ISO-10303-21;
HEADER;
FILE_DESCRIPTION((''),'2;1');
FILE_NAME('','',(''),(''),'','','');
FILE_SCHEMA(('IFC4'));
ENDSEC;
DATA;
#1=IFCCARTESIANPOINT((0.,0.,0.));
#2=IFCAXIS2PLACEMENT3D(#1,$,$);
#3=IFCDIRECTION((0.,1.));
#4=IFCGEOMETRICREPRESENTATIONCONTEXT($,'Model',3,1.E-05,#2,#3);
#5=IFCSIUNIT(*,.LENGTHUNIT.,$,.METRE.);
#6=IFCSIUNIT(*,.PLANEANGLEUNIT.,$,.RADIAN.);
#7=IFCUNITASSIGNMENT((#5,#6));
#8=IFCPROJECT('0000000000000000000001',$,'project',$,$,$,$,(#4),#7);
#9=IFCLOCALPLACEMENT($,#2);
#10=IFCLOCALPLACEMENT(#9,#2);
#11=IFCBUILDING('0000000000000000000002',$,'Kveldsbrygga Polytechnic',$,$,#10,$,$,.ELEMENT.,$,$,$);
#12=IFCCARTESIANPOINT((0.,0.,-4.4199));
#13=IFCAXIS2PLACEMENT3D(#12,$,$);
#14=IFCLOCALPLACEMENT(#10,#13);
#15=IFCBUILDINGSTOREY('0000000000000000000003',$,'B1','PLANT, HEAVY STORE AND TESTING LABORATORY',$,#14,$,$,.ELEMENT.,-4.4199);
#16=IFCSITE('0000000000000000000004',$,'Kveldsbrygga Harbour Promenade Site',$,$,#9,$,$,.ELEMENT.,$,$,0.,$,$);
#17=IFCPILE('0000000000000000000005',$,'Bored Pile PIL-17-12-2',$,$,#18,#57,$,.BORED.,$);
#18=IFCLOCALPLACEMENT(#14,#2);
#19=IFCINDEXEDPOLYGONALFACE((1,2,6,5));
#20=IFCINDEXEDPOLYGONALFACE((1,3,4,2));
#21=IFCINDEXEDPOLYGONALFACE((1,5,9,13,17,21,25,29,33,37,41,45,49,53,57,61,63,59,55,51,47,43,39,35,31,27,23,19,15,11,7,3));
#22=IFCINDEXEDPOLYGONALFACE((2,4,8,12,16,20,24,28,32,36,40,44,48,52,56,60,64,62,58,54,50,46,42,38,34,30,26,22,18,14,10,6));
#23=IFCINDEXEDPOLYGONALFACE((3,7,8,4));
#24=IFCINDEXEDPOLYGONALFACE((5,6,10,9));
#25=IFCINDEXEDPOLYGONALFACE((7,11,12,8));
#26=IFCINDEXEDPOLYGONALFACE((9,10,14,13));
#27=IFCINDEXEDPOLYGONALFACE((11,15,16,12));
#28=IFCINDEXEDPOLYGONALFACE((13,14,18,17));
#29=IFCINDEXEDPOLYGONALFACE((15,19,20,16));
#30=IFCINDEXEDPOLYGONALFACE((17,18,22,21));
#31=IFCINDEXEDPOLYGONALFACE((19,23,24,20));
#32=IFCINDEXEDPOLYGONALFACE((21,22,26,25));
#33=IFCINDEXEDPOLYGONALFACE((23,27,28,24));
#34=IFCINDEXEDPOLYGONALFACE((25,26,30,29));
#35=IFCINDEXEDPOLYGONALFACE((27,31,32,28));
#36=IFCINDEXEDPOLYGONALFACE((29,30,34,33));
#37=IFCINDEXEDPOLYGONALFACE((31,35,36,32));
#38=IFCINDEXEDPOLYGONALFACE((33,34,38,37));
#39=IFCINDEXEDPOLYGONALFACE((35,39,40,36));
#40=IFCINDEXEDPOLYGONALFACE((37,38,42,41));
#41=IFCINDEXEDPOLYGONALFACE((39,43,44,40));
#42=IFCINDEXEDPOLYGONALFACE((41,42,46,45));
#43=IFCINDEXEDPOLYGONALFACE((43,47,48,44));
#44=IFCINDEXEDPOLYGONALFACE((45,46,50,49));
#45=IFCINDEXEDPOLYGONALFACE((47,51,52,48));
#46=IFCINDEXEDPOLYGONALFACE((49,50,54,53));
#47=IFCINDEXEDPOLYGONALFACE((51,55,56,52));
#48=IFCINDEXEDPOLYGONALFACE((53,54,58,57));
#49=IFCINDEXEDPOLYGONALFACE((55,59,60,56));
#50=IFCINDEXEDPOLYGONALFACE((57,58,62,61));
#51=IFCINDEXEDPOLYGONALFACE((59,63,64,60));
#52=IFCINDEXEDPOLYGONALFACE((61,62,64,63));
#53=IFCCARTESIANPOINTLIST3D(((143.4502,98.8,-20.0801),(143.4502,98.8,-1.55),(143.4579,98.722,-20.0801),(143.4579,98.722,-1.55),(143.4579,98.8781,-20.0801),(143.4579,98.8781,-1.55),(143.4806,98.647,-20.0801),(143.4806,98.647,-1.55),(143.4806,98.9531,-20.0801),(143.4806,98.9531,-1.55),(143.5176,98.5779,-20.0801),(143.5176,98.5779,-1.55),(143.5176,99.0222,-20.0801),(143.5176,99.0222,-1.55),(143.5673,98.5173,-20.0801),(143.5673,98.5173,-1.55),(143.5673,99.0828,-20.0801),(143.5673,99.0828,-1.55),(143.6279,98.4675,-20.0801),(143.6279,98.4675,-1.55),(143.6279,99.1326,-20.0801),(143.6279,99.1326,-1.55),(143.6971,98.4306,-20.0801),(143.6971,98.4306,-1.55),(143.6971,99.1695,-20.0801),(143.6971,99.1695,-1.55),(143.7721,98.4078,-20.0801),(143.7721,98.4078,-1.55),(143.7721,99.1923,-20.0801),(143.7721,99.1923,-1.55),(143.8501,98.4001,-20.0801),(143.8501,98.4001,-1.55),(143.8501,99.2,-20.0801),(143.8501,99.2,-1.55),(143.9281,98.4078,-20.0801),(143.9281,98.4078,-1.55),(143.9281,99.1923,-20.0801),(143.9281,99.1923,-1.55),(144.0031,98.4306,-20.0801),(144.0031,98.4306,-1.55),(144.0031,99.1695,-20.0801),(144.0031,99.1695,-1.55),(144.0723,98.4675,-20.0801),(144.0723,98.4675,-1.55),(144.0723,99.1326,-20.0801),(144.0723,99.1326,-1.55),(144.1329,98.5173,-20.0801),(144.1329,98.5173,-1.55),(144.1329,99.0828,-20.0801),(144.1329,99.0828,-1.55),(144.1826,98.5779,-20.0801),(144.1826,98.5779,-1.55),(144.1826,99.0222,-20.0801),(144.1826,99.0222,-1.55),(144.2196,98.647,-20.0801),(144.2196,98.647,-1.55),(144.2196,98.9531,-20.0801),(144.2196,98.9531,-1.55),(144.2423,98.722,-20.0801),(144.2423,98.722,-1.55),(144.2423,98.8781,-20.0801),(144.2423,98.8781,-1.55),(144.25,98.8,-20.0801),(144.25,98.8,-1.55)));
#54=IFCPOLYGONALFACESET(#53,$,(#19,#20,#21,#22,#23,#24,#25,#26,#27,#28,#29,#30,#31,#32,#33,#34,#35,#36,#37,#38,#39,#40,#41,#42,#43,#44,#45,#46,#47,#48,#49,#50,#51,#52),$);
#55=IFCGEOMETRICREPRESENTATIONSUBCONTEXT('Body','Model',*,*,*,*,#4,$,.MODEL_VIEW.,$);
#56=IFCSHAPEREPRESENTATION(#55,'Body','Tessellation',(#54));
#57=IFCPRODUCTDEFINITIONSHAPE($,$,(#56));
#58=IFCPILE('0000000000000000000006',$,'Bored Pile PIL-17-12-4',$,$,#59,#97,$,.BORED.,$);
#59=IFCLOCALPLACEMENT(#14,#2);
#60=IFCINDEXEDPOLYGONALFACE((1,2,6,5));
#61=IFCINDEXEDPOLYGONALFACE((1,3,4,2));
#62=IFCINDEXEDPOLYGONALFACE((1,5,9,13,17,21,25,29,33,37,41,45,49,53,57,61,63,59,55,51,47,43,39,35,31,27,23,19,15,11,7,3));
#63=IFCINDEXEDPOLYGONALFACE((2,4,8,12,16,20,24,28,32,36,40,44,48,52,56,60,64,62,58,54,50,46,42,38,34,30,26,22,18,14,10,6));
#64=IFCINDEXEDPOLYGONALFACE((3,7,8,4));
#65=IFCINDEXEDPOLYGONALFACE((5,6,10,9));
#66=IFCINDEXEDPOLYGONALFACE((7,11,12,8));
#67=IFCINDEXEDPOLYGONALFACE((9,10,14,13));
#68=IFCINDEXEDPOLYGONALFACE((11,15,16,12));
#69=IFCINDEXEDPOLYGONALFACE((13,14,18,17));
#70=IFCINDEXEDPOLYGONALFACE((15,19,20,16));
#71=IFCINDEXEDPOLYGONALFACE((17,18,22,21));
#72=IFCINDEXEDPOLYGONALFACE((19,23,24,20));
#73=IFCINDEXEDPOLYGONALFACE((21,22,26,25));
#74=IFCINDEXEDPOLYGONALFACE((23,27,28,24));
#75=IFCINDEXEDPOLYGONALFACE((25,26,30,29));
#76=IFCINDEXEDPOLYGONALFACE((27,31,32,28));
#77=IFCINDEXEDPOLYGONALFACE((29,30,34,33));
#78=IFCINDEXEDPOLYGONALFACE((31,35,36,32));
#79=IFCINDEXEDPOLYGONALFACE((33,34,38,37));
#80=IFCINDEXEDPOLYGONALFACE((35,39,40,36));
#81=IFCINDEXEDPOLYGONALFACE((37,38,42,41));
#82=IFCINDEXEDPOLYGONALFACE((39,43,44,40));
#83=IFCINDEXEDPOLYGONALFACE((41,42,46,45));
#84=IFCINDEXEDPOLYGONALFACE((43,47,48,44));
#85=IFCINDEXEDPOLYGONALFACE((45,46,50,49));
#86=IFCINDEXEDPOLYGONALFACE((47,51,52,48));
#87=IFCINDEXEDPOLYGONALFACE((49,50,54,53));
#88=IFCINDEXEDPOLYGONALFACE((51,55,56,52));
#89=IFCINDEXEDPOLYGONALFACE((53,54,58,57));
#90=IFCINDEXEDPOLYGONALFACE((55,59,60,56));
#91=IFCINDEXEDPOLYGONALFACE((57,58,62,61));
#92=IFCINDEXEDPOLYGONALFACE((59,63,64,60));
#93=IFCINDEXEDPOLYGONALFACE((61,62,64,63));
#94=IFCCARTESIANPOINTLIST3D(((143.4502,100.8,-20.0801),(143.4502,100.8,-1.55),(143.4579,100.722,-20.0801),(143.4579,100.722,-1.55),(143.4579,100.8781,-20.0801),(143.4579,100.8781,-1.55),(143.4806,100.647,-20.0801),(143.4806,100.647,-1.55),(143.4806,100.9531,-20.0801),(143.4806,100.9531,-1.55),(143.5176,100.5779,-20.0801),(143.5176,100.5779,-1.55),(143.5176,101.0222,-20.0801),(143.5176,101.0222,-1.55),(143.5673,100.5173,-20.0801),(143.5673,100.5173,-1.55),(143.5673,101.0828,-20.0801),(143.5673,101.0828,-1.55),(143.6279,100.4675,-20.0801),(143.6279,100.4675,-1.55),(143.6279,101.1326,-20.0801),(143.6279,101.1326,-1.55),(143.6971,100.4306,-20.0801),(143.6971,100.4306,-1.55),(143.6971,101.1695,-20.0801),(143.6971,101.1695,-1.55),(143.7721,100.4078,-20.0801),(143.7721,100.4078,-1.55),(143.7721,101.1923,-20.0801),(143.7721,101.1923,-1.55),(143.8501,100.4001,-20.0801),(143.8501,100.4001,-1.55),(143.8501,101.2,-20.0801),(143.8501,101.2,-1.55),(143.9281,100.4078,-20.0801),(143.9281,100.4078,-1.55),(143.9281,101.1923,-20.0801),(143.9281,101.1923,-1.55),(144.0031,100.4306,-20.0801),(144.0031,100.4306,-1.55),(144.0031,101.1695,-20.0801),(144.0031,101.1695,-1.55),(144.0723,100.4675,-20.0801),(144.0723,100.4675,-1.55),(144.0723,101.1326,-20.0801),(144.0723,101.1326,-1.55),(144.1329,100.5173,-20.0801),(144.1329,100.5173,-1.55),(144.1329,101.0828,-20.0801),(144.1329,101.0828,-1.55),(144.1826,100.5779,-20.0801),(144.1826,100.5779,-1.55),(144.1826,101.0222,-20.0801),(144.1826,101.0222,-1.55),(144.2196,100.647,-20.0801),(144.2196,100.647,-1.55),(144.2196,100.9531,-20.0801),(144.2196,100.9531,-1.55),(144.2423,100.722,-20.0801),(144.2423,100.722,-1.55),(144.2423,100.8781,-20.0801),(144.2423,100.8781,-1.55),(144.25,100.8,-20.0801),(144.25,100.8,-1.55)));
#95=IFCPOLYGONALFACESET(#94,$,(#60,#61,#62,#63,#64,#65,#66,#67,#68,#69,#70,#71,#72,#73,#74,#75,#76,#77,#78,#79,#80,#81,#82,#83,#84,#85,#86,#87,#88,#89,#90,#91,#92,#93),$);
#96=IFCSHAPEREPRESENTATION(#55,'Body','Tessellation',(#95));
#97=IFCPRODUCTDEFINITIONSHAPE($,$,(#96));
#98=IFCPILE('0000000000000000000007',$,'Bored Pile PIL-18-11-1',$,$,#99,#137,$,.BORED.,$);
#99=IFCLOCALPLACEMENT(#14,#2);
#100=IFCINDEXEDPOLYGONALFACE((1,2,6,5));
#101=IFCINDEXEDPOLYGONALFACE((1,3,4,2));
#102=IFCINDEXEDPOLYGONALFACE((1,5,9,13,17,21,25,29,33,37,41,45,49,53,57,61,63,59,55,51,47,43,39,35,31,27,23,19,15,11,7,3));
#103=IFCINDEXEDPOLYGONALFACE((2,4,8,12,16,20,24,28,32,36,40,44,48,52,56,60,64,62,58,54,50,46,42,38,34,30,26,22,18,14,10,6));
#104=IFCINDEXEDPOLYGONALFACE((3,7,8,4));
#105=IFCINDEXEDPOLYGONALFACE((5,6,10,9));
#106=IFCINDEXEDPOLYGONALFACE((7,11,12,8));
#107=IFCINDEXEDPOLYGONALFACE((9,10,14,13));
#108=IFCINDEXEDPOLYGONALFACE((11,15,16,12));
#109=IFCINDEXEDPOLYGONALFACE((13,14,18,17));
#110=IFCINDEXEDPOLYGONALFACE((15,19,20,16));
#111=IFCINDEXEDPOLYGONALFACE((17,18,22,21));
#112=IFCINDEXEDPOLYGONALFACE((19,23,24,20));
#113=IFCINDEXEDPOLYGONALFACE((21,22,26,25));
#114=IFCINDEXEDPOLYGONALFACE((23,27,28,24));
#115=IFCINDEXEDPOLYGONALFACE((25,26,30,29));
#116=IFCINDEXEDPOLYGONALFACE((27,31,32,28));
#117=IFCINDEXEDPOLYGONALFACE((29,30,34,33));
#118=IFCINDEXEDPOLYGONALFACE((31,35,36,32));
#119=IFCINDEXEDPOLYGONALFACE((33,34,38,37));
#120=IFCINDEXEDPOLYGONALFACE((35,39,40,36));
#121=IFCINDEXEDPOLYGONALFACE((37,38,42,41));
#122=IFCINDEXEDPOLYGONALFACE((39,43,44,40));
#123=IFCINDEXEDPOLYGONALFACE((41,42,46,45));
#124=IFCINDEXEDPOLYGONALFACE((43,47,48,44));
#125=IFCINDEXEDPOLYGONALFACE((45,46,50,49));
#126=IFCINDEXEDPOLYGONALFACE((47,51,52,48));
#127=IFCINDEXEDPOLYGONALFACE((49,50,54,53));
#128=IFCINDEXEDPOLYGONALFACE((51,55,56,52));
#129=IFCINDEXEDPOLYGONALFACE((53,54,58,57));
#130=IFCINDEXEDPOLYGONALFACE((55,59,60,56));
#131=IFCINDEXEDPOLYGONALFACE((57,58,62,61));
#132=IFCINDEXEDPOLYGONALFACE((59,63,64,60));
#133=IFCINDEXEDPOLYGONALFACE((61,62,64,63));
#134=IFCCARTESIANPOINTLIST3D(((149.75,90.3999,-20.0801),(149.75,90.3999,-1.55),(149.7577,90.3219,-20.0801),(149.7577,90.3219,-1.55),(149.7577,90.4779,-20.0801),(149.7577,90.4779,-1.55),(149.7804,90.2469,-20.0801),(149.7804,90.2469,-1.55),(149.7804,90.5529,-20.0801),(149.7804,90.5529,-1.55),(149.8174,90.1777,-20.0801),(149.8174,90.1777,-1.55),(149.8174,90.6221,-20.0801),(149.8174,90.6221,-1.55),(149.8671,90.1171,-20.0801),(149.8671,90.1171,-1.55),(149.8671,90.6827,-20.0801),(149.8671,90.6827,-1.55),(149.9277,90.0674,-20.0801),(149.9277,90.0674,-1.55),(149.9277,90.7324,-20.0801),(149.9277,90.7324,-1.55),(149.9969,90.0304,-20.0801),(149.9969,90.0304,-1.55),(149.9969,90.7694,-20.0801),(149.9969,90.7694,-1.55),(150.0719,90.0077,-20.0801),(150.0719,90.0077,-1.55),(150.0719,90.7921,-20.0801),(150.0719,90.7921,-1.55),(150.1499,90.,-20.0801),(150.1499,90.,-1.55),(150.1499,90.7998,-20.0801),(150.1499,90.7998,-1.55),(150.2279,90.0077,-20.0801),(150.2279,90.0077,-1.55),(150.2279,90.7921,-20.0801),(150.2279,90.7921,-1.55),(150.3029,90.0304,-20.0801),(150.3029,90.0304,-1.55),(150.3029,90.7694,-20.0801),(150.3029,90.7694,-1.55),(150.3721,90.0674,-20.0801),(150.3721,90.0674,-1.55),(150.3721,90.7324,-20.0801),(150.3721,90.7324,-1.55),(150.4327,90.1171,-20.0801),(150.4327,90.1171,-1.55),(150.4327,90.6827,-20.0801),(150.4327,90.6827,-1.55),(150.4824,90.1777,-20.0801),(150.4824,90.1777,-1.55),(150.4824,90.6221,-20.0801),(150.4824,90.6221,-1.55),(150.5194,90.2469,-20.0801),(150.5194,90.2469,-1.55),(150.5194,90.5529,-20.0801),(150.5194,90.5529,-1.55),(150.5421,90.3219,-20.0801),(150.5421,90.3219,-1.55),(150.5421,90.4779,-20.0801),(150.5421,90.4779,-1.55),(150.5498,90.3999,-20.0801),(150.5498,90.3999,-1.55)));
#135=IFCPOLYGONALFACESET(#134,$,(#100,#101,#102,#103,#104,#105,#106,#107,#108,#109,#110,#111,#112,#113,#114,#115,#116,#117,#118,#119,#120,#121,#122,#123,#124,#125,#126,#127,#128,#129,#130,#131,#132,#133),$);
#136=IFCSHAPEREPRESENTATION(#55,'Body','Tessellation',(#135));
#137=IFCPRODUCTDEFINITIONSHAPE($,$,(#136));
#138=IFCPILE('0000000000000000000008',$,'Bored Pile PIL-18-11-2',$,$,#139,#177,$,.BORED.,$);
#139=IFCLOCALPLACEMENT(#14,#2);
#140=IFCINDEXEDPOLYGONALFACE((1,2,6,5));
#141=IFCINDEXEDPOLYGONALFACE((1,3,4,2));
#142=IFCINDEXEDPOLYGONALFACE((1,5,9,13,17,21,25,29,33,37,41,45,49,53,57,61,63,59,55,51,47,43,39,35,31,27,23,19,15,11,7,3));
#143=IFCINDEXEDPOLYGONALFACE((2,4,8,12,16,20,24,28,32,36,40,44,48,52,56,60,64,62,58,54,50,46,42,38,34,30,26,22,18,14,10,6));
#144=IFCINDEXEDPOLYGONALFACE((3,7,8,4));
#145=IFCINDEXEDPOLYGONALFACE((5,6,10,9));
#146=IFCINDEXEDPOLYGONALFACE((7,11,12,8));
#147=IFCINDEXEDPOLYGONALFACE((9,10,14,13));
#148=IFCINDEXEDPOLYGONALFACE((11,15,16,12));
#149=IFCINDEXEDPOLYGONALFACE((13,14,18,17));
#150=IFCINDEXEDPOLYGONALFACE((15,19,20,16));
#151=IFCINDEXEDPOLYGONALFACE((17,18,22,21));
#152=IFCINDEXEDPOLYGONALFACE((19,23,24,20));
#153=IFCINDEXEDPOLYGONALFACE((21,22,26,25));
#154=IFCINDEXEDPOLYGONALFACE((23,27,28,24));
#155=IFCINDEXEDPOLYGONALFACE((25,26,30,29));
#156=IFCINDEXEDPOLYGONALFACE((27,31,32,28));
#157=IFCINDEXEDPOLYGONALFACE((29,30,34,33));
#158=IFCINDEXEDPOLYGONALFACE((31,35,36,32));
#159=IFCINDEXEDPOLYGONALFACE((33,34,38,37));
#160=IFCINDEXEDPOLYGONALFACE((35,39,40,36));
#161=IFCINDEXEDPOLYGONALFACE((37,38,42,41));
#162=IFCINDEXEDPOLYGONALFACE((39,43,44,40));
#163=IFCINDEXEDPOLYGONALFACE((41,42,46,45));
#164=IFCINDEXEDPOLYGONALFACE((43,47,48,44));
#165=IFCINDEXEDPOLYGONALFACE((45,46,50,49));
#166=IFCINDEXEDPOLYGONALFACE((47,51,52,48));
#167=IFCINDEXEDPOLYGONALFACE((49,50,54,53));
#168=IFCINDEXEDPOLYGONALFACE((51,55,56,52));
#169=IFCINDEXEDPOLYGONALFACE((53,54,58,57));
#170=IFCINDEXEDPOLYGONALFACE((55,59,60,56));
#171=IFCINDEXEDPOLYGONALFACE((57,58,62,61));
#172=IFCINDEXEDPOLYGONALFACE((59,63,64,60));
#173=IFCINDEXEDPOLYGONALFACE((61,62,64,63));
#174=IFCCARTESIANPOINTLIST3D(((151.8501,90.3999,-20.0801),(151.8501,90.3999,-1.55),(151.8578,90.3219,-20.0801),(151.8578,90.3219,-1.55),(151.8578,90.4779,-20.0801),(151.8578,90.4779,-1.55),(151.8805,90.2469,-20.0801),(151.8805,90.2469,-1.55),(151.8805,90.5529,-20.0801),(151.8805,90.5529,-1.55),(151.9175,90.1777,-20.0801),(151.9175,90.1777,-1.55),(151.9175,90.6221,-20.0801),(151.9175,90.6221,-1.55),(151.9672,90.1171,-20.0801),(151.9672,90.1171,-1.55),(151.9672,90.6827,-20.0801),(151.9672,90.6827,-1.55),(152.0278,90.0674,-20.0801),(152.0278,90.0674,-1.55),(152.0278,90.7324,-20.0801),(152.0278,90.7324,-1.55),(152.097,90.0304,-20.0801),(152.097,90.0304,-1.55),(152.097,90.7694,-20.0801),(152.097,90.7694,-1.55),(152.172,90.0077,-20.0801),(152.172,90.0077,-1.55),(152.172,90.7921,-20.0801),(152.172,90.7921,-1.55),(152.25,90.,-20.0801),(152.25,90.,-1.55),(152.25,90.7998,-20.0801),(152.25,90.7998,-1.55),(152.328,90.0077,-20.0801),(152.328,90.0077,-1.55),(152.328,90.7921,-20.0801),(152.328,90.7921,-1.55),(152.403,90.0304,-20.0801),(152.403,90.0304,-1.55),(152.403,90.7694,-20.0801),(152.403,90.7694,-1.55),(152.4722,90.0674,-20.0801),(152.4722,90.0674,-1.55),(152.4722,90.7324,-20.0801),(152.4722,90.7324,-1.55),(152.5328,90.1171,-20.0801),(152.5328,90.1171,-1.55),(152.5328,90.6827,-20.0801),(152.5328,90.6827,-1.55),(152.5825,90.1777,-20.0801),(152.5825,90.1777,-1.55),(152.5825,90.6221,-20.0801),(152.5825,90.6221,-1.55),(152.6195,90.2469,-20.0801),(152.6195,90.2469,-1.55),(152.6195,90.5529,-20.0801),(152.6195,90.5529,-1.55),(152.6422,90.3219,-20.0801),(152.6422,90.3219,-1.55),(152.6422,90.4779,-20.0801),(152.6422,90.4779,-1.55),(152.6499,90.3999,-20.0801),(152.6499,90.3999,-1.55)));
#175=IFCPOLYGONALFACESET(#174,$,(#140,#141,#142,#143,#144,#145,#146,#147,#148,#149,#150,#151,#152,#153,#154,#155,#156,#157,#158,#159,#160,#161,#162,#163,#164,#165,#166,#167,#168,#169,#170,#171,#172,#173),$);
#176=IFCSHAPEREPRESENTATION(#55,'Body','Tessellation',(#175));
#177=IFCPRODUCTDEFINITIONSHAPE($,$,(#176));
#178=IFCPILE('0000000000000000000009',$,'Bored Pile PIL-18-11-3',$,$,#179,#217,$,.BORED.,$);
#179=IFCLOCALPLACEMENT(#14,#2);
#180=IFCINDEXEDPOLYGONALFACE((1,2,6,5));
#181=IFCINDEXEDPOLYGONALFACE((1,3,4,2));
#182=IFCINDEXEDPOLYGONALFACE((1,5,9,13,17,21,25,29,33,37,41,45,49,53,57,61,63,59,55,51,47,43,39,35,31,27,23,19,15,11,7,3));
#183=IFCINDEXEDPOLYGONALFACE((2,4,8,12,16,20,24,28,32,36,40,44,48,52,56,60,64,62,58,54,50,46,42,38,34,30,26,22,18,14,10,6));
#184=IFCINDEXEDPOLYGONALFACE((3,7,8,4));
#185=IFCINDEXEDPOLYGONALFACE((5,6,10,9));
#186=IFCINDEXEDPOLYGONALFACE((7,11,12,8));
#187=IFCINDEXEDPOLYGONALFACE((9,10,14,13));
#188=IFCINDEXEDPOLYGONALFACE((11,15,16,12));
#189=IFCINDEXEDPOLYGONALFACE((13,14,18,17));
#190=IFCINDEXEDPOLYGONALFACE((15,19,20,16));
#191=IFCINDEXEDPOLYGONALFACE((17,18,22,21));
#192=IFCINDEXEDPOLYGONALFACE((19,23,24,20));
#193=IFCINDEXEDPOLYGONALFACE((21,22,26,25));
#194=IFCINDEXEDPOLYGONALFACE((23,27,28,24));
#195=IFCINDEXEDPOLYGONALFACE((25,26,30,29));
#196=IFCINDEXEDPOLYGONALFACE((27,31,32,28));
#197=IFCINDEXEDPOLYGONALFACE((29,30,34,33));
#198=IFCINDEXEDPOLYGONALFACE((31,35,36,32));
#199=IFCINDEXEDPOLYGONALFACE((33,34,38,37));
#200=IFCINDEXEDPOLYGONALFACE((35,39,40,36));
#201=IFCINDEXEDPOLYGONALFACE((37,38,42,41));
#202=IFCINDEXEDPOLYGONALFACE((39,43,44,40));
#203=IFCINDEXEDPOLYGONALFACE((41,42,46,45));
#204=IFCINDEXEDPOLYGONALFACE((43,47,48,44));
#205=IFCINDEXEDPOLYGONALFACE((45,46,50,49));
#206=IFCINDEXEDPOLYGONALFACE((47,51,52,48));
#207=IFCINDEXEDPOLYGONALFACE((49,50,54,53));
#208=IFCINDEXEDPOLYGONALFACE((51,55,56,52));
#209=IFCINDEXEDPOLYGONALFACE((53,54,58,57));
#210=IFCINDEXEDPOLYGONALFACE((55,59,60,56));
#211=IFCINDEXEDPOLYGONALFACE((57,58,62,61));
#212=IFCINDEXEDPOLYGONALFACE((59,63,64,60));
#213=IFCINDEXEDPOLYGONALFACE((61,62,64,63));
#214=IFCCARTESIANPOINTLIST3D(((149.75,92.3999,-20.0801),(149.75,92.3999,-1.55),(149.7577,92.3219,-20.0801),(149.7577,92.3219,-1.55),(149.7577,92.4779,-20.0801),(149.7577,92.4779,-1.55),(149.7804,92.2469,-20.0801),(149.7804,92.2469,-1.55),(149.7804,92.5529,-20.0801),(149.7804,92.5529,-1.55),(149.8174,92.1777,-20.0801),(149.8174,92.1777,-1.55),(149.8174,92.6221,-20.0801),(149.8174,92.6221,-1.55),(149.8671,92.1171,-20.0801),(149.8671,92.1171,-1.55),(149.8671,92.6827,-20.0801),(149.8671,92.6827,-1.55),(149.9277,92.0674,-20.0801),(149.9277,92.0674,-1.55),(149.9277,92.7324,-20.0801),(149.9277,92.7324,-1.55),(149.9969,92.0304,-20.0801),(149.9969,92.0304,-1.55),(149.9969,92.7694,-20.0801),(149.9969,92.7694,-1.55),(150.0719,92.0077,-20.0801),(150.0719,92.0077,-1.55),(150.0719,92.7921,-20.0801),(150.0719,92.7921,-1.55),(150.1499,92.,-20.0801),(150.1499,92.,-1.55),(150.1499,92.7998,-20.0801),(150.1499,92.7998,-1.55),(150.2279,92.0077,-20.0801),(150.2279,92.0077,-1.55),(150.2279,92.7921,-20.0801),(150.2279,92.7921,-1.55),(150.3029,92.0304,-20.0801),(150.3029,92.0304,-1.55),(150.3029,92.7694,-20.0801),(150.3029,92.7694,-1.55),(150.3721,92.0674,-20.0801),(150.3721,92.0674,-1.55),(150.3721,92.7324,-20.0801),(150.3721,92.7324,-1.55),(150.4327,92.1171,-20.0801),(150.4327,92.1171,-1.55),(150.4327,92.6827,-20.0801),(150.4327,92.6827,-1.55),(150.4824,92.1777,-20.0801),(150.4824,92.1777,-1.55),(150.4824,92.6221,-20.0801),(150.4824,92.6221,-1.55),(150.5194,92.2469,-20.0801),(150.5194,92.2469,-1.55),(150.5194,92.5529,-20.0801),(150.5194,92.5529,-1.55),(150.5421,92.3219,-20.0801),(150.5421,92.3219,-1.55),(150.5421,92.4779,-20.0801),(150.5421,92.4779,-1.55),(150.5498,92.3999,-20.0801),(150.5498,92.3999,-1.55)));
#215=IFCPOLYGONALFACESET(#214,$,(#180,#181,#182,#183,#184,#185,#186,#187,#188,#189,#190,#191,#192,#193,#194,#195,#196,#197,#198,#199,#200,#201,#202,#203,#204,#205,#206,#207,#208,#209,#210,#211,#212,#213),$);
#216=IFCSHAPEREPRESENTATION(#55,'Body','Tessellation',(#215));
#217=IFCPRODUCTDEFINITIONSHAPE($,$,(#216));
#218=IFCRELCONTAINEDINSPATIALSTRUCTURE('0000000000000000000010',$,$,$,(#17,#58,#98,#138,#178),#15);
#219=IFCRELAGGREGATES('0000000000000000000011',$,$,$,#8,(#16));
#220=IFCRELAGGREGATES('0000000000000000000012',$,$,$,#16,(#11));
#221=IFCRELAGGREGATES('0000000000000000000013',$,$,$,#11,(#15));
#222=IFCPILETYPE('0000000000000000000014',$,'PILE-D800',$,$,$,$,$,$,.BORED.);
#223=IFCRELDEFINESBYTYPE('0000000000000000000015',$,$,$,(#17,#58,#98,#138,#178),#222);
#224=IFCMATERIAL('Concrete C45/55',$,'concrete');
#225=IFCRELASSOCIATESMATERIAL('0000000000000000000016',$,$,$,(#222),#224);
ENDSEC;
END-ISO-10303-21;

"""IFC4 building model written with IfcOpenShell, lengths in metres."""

from ifc_helpers import new_model, si_unit, direction, frame, origin, origin_2d, place, context, subcontext, project, spatial, circle, extrude, material, material_profile, profile_set, type_object, element, save


model = new_model("IFC4")

# Units and contexts
model_context = context("Model", 3, precision=1e-05, world=origin(), true_north=direction((0.0, 1.0)))
body_context = subcontext(model_context, "Body", "Model", "MODEL_VIEW")
ifc_project = project(units=[si_unit("LENGTHUNIT", "METRE"), si_unit("PLANEANGLEUNIT", "RADIAN")], contexts=[model_context])

# Site, building, storey
site_placement = place(None, origin())
site = spatial("IfcSite", under=ifc_project, at=site_placement, Name="Kveldsbrygga Harbour Promenade Site", CompositionType="ELEMENT", RefElevation=0.0)
building_placement = place(site_placement, origin())
building = spatial("IfcBuilding", under=site, at=building_placement, Name="Kveldsbrygga Polytechnic", CompositionType="ELEMENT")
storey_placement = place(building_placement, frame((0.0, 0.0, -4.4199)))
storey = spatial("IfcBuildingStorey", under=building, at=storey_placement, Name="B1", Description="PLANT, HEAVY STORE AND TESTING LABORATORY", CompositionType="ELEMENT", Elevation=-4.4199)

# Shared definitions
ifc_material_1 = material(Name="Concrete C45/55", Category="concrete")

# Piles
ifc_material_profile_1 = material_profile(ifc_material_1, circle(Radius=0.3999, at=origin_2d()), Name="PILE D800")
ifc_profile_set_1 = profile_set([ifc_material_profile_1], Name="Concrete C45/55")
pile_type = type_object("IfcPileType", Name="PILE-D800", PredefinedType="BORED", material=ifc_profile_set_1)
for number, where, z_axis, x_axis, name in (
    (1, (143.8501, 98.8, -1.55), (0.0, 0.0, -1.0), (1.0, 0.0, 0.0), "Bored Pile PIL-17-12-2"),
    (2, (143.8501, 100.8, -1.55), (0.0, 0.0, -1.0), (1.0, 0.0, 0.0), "Bored Pile PIL-17-12-4"),
    (3, (150.1499, 90.3999, -1.55), (0.0, 0.0, -1.0), (1.0, 0.0, 0.0), "Bored Pile PIL-18-11-1"),
    (4, (152.25, 90.3999, -1.55), (0.0, 0.0, -1.0), (1.0, 0.0, 0.0), "Bored Pile PIL-18-11-2"),
    (5, (150.1499, 92.3999, -1.55), (0.0, 0.0, -1.0), (1.0, 0.0, 0.0), "Bored Pile PIL-18-11-3"),
):
    element("IfcPile", number, at=place(storey_placement, frame(where, z_axis=z_axis, x_axis=x_axis)), inside=storey, type_object=pile_type, Name=name, PredefinedType="BORED", context=body_context, shape_type="SweptSolid", body=[
        extrude(circle(Radius=0.3999, at=origin_2d()), origin(), (0.0, 0.0, 1.0), 18.53),
    ])

save(model, "model.ifc")
